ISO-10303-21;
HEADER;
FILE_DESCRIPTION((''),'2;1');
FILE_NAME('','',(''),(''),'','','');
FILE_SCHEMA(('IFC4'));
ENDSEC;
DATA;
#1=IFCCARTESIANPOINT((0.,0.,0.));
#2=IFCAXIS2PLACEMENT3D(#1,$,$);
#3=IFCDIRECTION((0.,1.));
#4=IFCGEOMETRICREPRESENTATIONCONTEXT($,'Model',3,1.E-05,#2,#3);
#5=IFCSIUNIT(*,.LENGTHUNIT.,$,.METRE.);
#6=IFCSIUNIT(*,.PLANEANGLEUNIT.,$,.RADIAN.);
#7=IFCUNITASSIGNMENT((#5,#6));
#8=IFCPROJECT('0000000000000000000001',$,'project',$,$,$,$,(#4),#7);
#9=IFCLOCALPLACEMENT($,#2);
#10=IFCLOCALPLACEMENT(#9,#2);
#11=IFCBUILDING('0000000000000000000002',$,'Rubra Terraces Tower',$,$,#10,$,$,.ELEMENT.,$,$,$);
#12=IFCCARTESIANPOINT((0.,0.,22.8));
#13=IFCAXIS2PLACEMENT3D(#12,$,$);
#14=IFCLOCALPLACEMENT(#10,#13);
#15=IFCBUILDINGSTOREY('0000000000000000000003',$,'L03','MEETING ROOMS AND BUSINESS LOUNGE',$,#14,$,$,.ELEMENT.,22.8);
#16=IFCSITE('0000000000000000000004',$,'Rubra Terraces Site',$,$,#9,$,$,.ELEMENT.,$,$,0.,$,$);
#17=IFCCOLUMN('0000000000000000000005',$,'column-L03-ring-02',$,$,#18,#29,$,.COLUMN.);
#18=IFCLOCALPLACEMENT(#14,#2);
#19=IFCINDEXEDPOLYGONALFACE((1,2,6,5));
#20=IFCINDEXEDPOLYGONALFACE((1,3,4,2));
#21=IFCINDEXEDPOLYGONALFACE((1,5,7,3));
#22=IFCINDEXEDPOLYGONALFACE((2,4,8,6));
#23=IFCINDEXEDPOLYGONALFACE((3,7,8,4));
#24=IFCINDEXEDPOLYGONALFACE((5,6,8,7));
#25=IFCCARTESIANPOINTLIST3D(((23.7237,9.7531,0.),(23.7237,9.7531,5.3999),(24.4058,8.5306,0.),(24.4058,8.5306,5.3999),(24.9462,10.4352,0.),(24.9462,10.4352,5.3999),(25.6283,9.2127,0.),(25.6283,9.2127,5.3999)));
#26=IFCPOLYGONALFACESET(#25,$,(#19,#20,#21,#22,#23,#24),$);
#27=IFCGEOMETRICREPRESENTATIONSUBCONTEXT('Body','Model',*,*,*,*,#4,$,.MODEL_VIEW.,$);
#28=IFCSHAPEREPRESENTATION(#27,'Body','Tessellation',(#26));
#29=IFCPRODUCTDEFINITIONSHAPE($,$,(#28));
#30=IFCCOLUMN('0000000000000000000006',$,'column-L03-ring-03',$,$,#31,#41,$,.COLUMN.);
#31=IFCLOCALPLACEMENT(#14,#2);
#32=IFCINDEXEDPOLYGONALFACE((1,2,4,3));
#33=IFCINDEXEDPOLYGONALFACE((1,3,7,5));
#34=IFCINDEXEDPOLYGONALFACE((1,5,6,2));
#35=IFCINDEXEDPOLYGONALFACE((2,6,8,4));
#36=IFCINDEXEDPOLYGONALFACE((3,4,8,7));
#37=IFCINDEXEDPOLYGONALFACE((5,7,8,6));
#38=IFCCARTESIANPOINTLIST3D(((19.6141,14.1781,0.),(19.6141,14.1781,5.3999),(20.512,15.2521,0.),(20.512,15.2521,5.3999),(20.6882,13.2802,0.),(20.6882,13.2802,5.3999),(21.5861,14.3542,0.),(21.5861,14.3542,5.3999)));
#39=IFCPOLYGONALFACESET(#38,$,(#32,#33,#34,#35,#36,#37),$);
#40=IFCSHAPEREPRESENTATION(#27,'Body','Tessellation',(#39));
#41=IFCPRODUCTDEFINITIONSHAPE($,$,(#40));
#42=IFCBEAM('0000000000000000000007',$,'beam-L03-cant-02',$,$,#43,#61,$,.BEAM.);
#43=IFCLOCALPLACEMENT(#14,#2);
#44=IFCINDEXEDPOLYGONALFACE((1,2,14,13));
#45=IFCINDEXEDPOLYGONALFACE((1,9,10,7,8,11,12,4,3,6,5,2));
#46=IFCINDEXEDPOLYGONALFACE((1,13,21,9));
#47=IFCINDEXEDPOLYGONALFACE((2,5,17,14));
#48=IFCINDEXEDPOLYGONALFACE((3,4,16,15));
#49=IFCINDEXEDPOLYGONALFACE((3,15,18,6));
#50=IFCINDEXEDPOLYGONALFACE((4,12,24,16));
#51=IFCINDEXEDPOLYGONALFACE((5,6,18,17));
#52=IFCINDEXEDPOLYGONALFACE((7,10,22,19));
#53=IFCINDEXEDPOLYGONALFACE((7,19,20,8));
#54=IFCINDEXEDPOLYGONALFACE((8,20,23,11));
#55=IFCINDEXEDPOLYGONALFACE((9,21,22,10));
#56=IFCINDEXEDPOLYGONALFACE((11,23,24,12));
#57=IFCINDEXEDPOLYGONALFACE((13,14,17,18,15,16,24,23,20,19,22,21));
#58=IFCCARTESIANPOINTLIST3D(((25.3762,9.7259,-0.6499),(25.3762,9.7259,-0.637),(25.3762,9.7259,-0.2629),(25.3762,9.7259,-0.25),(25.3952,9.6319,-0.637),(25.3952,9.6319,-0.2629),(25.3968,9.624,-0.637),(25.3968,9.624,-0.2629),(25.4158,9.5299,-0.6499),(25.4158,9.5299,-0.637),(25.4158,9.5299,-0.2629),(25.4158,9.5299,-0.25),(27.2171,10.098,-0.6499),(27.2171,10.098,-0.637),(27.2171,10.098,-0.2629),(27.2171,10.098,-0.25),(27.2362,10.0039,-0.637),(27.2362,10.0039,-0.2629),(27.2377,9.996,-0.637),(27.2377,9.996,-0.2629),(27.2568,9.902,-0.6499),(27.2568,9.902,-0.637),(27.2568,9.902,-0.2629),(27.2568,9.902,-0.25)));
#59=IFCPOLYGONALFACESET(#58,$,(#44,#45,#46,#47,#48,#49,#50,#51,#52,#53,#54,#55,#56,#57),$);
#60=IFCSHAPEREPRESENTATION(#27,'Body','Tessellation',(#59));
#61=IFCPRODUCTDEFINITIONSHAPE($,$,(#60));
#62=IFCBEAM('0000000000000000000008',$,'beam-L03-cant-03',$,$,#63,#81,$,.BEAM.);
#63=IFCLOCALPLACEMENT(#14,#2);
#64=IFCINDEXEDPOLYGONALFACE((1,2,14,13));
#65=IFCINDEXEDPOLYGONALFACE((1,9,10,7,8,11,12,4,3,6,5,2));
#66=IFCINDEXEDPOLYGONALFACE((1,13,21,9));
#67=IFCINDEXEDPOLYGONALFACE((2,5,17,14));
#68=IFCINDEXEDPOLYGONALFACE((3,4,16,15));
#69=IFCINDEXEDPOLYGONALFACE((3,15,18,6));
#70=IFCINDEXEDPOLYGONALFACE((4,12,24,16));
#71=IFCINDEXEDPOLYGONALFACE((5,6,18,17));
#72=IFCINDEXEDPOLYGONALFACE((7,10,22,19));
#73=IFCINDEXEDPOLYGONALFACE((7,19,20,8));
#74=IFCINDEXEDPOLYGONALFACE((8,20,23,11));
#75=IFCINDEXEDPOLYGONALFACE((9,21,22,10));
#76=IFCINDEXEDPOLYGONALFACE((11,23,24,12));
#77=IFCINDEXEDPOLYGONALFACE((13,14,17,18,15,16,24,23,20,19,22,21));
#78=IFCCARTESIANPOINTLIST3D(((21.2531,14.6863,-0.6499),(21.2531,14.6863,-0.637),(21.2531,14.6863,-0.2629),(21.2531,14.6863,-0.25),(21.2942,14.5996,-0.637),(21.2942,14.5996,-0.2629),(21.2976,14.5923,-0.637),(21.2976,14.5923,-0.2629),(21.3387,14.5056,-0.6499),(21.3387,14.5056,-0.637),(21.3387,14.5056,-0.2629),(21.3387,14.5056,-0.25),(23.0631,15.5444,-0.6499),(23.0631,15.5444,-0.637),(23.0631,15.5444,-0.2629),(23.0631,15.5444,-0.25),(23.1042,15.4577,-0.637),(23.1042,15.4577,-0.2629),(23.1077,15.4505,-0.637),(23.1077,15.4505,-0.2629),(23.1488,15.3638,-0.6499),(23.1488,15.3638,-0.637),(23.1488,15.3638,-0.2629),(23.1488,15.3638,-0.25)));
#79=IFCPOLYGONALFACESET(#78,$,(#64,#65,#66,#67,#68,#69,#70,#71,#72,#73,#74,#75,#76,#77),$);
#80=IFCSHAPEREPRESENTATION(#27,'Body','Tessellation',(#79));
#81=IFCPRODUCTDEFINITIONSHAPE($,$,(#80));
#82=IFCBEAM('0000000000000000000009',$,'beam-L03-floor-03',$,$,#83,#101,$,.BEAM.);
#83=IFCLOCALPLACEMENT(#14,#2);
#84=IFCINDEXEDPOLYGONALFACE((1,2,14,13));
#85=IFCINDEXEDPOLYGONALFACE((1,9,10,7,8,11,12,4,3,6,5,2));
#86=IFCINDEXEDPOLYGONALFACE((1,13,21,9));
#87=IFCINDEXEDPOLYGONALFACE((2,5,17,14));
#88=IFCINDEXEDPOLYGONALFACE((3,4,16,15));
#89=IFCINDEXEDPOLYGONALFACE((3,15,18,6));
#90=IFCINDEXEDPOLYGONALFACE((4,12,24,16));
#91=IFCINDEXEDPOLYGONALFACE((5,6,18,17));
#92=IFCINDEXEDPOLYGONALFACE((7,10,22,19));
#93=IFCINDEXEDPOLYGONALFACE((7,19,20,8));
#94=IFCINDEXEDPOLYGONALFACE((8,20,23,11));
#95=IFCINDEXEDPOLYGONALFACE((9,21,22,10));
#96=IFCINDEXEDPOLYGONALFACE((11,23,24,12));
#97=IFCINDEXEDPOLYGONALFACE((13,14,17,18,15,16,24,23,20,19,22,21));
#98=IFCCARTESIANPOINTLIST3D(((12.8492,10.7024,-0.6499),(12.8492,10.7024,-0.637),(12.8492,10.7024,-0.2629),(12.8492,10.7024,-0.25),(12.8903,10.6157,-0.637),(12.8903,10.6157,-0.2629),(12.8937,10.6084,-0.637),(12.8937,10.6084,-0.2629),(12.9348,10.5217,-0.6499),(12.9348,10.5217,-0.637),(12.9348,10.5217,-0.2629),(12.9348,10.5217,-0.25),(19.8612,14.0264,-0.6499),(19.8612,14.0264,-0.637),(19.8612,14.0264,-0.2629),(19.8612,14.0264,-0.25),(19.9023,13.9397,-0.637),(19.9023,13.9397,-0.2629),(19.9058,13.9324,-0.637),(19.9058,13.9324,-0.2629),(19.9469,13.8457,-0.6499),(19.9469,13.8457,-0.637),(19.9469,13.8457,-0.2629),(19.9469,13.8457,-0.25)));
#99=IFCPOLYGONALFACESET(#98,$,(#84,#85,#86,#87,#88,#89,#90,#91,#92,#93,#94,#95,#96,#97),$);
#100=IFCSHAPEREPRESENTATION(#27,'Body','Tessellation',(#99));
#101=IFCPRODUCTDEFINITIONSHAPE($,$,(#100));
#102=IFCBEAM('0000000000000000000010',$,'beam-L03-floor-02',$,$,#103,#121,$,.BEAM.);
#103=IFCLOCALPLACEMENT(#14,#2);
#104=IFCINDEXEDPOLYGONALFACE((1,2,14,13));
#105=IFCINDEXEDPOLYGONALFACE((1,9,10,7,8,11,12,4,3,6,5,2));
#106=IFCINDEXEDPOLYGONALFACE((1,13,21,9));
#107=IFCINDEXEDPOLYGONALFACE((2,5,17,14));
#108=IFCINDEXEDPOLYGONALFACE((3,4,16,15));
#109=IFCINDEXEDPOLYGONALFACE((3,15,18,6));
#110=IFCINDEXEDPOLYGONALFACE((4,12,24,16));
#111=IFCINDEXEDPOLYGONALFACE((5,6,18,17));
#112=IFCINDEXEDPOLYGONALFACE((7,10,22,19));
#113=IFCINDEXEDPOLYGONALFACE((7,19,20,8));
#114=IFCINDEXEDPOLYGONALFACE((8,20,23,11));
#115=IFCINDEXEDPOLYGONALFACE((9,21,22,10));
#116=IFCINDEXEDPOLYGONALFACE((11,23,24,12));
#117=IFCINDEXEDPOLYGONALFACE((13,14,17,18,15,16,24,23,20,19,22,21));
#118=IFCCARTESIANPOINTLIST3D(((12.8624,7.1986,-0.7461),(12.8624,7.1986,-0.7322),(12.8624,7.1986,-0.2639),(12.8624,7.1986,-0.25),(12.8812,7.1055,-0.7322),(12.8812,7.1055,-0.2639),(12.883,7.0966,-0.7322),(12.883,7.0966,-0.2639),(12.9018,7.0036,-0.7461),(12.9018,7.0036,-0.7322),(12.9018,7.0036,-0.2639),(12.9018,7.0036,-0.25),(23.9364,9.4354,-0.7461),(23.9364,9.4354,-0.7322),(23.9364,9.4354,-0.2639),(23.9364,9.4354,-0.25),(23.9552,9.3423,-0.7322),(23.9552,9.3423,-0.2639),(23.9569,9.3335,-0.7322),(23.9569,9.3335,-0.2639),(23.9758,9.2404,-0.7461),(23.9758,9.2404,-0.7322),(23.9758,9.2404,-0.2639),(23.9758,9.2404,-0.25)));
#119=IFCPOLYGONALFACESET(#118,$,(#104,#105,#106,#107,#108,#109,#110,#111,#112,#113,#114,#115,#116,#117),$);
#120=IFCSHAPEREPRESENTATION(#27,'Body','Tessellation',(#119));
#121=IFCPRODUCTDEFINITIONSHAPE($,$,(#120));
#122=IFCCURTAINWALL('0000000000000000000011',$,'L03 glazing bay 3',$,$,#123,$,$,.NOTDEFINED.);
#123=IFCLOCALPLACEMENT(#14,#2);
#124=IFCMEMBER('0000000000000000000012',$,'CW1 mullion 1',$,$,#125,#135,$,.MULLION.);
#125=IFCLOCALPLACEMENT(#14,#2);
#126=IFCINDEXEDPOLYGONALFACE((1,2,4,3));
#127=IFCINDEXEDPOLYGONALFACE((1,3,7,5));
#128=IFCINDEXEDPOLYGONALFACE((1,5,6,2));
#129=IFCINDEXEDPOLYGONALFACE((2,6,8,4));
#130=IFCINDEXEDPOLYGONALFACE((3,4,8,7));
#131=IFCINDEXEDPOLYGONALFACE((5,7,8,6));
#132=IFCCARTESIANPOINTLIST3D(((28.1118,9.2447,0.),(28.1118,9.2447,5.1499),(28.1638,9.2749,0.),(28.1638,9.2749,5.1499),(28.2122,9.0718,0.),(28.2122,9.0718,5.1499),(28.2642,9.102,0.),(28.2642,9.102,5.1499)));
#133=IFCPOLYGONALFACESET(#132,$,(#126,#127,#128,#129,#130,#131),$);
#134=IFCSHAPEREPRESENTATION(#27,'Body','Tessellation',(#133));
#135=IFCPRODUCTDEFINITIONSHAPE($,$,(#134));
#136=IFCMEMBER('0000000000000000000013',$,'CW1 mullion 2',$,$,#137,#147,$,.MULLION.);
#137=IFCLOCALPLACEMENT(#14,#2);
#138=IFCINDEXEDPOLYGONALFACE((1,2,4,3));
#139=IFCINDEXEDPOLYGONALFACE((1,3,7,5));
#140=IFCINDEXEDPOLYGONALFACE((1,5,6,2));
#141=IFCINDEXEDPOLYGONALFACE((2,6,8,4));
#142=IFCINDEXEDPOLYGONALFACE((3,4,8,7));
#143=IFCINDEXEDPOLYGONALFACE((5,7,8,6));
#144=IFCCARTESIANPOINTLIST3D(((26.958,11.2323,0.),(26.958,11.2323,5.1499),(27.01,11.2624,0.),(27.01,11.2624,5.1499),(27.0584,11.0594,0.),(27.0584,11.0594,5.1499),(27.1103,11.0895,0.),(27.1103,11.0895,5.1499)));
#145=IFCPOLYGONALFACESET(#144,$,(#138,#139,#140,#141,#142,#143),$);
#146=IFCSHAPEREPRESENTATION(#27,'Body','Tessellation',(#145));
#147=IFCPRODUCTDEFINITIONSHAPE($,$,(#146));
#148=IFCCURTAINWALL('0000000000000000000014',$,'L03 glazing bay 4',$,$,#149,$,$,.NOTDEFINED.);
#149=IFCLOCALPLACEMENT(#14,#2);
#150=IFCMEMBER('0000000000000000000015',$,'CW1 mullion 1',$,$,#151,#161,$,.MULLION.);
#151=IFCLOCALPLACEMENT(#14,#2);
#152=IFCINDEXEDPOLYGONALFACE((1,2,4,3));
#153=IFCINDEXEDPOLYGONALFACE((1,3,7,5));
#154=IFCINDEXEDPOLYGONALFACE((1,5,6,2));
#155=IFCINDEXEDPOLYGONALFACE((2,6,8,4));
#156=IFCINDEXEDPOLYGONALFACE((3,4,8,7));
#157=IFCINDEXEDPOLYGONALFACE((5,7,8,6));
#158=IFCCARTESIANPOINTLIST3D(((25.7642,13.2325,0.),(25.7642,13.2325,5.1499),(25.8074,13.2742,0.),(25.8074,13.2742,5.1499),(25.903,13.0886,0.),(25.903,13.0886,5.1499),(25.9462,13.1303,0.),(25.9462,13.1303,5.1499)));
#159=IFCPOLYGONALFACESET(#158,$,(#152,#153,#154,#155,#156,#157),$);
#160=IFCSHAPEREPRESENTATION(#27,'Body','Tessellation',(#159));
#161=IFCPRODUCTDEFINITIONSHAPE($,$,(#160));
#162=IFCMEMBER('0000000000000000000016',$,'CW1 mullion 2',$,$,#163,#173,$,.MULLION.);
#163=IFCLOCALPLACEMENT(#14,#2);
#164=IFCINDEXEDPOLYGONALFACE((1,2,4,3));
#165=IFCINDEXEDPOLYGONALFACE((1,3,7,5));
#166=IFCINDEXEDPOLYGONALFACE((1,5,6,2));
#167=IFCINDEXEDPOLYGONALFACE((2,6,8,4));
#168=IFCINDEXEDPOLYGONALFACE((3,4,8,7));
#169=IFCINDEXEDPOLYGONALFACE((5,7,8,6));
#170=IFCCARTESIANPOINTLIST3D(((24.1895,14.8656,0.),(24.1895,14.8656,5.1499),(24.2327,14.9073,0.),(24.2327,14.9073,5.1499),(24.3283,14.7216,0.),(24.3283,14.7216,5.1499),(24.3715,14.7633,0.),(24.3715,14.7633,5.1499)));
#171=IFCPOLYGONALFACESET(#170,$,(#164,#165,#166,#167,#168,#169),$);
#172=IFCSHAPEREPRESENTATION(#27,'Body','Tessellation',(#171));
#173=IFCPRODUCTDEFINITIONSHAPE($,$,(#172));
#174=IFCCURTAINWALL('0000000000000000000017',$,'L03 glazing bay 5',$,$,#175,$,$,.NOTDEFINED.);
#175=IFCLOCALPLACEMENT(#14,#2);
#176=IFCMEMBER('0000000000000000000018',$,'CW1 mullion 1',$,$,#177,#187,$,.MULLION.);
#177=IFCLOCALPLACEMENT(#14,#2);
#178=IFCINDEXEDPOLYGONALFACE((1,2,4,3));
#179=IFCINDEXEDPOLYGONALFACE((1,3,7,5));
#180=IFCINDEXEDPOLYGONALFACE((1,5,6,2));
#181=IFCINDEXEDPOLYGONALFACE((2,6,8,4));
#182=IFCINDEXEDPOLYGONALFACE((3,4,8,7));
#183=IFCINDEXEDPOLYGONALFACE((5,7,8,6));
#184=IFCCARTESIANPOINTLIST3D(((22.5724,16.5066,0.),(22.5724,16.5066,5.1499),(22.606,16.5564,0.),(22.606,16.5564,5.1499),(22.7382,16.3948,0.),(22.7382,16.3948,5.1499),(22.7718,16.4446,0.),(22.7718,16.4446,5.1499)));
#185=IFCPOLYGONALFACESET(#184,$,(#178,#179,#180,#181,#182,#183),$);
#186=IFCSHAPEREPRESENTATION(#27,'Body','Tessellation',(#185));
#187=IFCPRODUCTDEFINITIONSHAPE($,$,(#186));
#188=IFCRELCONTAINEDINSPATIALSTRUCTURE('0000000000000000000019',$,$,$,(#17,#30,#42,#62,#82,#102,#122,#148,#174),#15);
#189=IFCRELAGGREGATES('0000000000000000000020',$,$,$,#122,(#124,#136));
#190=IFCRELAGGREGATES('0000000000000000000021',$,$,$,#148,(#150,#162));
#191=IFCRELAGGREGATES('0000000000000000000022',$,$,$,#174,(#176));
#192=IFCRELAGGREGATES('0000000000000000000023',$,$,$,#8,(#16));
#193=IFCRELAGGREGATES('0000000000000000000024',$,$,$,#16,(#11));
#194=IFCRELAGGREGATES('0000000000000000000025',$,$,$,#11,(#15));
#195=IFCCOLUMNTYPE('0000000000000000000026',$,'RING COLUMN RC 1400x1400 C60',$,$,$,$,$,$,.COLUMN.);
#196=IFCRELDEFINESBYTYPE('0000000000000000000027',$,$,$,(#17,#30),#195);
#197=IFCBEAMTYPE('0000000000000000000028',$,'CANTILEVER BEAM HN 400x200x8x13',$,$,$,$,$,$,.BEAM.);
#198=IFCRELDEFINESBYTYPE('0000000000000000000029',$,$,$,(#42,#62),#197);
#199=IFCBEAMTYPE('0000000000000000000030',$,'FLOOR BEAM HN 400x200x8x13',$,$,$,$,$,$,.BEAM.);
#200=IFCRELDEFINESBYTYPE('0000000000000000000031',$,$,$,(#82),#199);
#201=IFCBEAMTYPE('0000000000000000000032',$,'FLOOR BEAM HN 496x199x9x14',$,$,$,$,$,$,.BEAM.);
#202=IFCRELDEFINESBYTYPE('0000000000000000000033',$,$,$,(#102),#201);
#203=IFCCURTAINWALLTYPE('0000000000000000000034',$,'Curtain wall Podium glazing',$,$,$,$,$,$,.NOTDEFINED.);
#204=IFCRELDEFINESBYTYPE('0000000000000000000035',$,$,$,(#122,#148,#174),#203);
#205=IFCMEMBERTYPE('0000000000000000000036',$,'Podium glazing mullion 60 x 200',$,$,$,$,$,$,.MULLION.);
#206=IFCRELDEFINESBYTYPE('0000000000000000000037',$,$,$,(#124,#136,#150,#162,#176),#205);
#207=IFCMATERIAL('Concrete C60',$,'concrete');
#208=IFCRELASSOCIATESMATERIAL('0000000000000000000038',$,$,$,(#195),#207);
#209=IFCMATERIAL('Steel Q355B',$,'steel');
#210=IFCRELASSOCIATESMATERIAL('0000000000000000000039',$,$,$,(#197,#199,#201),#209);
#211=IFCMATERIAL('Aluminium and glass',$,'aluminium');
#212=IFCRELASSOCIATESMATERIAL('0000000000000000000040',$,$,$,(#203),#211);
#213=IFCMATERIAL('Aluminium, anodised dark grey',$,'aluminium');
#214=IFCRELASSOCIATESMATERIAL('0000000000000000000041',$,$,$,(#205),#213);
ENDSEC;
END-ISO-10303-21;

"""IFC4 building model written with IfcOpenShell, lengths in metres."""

from ifc_helpers import new_model, si_unit, direction, frame, origin, origin_2d, place, context, subcontext, project, spatial, rectangle, i_section, extrude, material, material_profile, profile_set, type_object, element, aggregate, save


model = new_model("IFC4")

# Units and contexts
model_context = context("Model", 3, precision=1e-05, world=origin(), true_north=direction((0.0, 1.0)))
body_context = subcontext(model_context, "Body", "Model", "MODEL_VIEW")
ifc_project = project(units=[si_unit("LENGTHUNIT", "METRE"), si_unit("PLANEANGLEUNIT", "RADIAN")], contexts=[model_context])

# Site, building, storey
site_placement = place(None, origin())
site = spatial("IfcSite", under=ifc_project, at=site_placement, Name="Rubra Terraces Site", CompositionType="ELEMENT", RefElevation=0.0)
building_placement = place(site_placement, origin())
building = spatial("IfcBuilding", under=site, at=building_placement, Name="Rubra Terraces Tower", CompositionType="ELEMENT")
storey_placement = place(building_placement, frame((0.0, 0.0, 22.8)))
storey = spatial("IfcBuildingStorey", under=building, at=storey_placement, Name="L03", Description="MEETING ROOMS AND BUSINESS LOUNGE", CompositionType="ELEMENT", Elevation=22.8)

# Columns
ifc_material_1 = material(Name="Concrete C60", Category="concrete")
ifc_material_profile_1 = material_profile(ifc_material_1, rectangle(XDim=1.3999, YDim=1.3999, at=origin_2d()), Name="RC 1400x1400")
ifc_profile_set_1 = profile_set([ifc_material_profile_1], Name="Concrete C60")
column_type = type_object("IfcColumnType", Name="RING COLUMN RC 1400x1400 C60", PredefinedType="COLUMN", material=ifc_profile_set_1)
for number, where, z_axis, x_axis, name in (
    (1, (24.676, 9.4829, 0.0), (0.0, 0.0, 1.0), (-0.487227, 0.873276, 0.0), "column-L03-ring-02"),
    (2, (20.6001, 14.2661, 0.0), (0.0, 0.0, 1.0), (-0.76721, 0.641397, 0.0), "column-L03-ring-03"),
):
    element("IfcColumn", number, at=place(storey_placement, frame(where, z_axis=z_axis, x_axis=x_axis)), inside=storey, type_object=column_type, Name=name, PredefinedType="COLUMN", context=body_context, shape_type="SweptSolid", body=[
        extrude(rectangle(XDim=1.3999, YDim=1.3999, at=origin_2d()), origin(), (0.0, 0.0, 1.0), 5.3999),
    ])

# Beams
ifc_material_2 = material(Name="Steel Q355B", Category="steel")
ifc_material_profile_2 = material_profile(ifc_material_2, i_section(OverallWidth=0.2, OverallDepth=0.3999, WebThickness=0.0081, FlangeThickness=0.0129, at=origin_2d()), Name="HN 400x200x8x13")
ifc_profile_set_2 = profile_set([ifc_material_profile_2], Name="Steel Q355B")
beam_type_1 = type_object("IfcBeamType", Name="CANTILEVER BEAM HN 400x200x8x13", PredefinedType="BEAM", material=ifc_profile_set_2)
beam_1_placement = place(storey_placement, frame((25.396, 9.6279, -0.45), z_axis=(0.980184, 0.19809, 0.0), x_axis=(-0.19809, 0.980184, 0.0)))
element("IfcBeam", 3, at=beam_1_placement, inside=storey, type_object=beam_type_1, Name="beam-L03-cant-02", PredefinedType="BEAM", context=body_context, shape_type="SweptSolid", body=[
    extrude(i_section(OverallWidth=0.2, OverallDepth=0.3999, WebThickness=0.0081, FlangeThickness=0.0129, at=origin_2d()), origin(), (0.0, 0.0, 1.0), 1.8782),
])
beam_2_placement = place(storey_placement, frame((21.2959, 14.5959, -0.45), z_axis=(0.903591, 0.428395, 0.0), x_axis=(-0.428395, 0.903591, 0.0)))
element("IfcBeam", 4, at=beam_2_placement, inside=storey, type_object=beam_type_1, Name="beam-L03-cant-03", PredefinedType="BEAM", context=body_context, shape_type="SweptSolid", body=[
    extrude(i_section(OverallWidth=0.2, OverallDepth=0.3999, WebThickness=0.0081, FlangeThickness=0.0129, at=origin_2d()), origin(), (0.0, 0.0, 1.0), 2.0032),
])
ifc_material_profile_3 = material_profile(ifc_material_2, i_section(OverallWidth=0.2, OverallDepth=0.3999, WebThickness=0.0081, FlangeThickness=0.0129, at=origin_2d()), Name="HN 400x200x8x13")
ifc_profile_set_3 = profile_set([ifc_material_profile_3], Name="Steel Q355B")
beam_type_2 = type_object("IfcBeamType", Name="FLOOR BEAM HN 400x200x8x13", PredefinedType="BEAM", material=ifc_profile_set_3)
beam_3_placement = place(storey_placement, frame((19.9041, 13.936, -0.45), z_axis=(-0.903612, -0.428351, 0.0), x_axis=(0.428351, -0.903612, 0.0)))
element("IfcBeam", 5, at=beam_3_placement, inside=storey, type_object=beam_type_2, Name="beam-L03-floor-03", PredefinedType="BEAM", context=body_context, shape_type="SweptSolid", body=[
    extrude(i_section(OverallWidth=0.2, OverallDepth=0.3999, WebThickness=0.0081, FlangeThickness=0.0129, at=origin_2d()), origin(), (0.0, 0.0, 1.0), 7.76),
])
ifc_material_profile_4 = material_profile(ifc_material_2, i_section(OverallWidth=0.199, OverallDepth=0.4961, WebThickness=0.009, FlangeThickness=0.0139, at=origin_2d()), Name="HN 496x199x9x14")
ifc_profile_set_4 = profile_set([ifc_material_profile_4], Name="Steel Q355B")
beam_type_3 = type_object("IfcBeamType", Name="FLOOR BEAM HN 496x199x9x14", PredefinedType="BEAM", material=ifc_profile_set_4)
beam_4_placement = place(storey_placement, frame((23.9561, 9.3379, -0.498), z_axis=(-0.980204, -0.19799, 0.0), x_axis=(0.19799, -0.980204, 0.0)))
element("IfcBeam", 6, at=beam_4_placement, inside=storey, type_object=beam_type_3, Name="beam-L03-floor-02", PredefinedType="BEAM", context=body_context, shape_type="SweptSolid", body=[
    extrude(i_section(OverallWidth=0.199, OverallDepth=0.4961, WebThickness=0.009, FlangeThickness=0.0139, at=origin_2d()), origin(), (0.0, 0.0, 1.0), 11.2976),
])

# Curtain walls, members
ifc_material_3 = material(Name="Aluminium and glass", Category="aluminium")
curtain_wall_type = type_object("IfcCurtainWallType", Name="Curtain wall Podium glazing", PredefinedType="NOTDEFINED", material=ifc_material_3)
curtain_wall_1_placement = place(storey_placement, origin())
curtain_wall_1 = element("IfcCurtainWall", 7, at=curtain_wall_1_placement, inside=storey, type_object=curtain_wall_type, Name="L03 glazing bay 3", PredefinedType="NOTDEFINED")
ifc_material_4 = material(Name="Aluminium, anodised dark grey", Category="aluminium")
ifc_material_profile_5 = material_profile(ifc_material_4, rectangle(XDim=0.0601, YDim=0.2, at=origin_2d()), Name="AL 60x200")
ifc_profile_set_5 = profile_set([ifc_material_profile_5], Name="Aluminium, anodised dark grey")
member_type_1 = type_object("IfcMemberType", Name="Podium glazing mullion 60 x 200", PredefinedType="MULLION", material=ifc_profile_set_5)
member_1_placement = place(storey_placement, frame((28.188, 9.1733, 0.0), z_axis=(0.0, 0.0, 1.0), x_axis=(-0.864813, -0.502094, 0.0)))
member_1 = element("IfcMember", 8, at=member_1_placement, type_object=member_type_1, Name="CW1 mullion 1", PredefinedType="MULLION", context=body_context, shape_type="SweptSolid", body=[
    extrude(rectangle(XDim=0.0601, YDim=0.2, at=origin_2d()), origin(), (0.0, 0.0, 1.0), 5.1499),
])
member_2_placement = place(storey_placement, frame((27.0342, 11.1609, 0.0), z_axis=(0.0, 0.0, 1.0), x_axis=(-0.864813, -0.502094, 0.0)))
member_2 = element("IfcMember", 9, at=member_2_placement, type_object=member_type_1, Name="CW1 mullion 2", PredefinedType="MULLION", context=body_context, shape_type="SweptSolid", body=[
    extrude(rectangle(XDim=0.0601, YDim=0.2, at=origin_2d()), origin(), (0.0, 0.0, 1.0), 5.1499),
])
curtain_wall_2_placement = place(storey_placement, origin())
curtain_wall_2 = element("IfcCurtainWall", 10, at=curtain_wall_2_placement, inside=storey, type_object=curtain_wall_type, Name="L03 glazing bay 4", PredefinedType="NOTDEFINED")
member_3_placement = place(storey_placement, frame((25.8552, 13.1814, 0.0), z_axis=(0.0, 0.0, 1.0), x_axis=(-0.719825, -0.694156, 0.0)))
member_3 = element("IfcMember", 11, at=member_3_placement, type_object=member_type_1, Name="CW1 mullion 1", PredefinedType="MULLION", context=body_context, shape_type="SweptSolid", body=[
    extrude(rectangle(XDim=0.0601, YDim=0.2, at=origin_2d()), origin(), (0.0, 0.0, 1.0), 5.1499),
])
member_4_placement = place(storey_placement, frame((24.2805, 14.8145, 0.0), z_axis=(0.0, 0.0, 1.0), x_axis=(-0.719825, -0.694156, 0.0)))
member_4 = element("IfcMember", 12, at=member_4_placement, type_object=member_type_1, Name="CW1 mullion 2", PredefinedType="MULLION", context=body_context, shape_type="SweptSolid", body=[
    extrude(rectangle(XDim=0.0601, YDim=0.2, at=origin_2d()), origin(), (0.0, 0.0, 1.0), 5.1499),
])

# Curtain wall, member
curtain_wall_3_placement = place(storey_placement, origin())
curtain_wall_3 = element("IfcCurtainWall", 13, at=curtain_wall_3_placement, inside=storey, type_object=curtain_wall_type, Name="L03 glazing bay 5", PredefinedType="NOTDEFINED")
member_5_placement = place(storey_placement, frame((22.6721, 16.4756, 0.0), z_axis=(0.0, 0.0, 1.0), x_axis=(-0.559277, -0.828981, 0.0)))
member_5 = element("IfcMember", 14, at=member_5_placement, type_object=member_type_1, Name="CW1 mullion 1", PredefinedType="MULLION", context=body_context, shape_type="SweptSolid", body=[
    extrude(rectangle(XDim=0.0601, YDim=0.2, at=origin_2d()), origin(), (0.0, 0.0, 1.0), 5.1499),
])

aggregate(curtain_wall_1, [member_1, member_2])
aggregate(curtain_wall_2, [member_3, member_4])
aggregate(curtain_wall_3, [member_5])

save(model, "model.ifc")
